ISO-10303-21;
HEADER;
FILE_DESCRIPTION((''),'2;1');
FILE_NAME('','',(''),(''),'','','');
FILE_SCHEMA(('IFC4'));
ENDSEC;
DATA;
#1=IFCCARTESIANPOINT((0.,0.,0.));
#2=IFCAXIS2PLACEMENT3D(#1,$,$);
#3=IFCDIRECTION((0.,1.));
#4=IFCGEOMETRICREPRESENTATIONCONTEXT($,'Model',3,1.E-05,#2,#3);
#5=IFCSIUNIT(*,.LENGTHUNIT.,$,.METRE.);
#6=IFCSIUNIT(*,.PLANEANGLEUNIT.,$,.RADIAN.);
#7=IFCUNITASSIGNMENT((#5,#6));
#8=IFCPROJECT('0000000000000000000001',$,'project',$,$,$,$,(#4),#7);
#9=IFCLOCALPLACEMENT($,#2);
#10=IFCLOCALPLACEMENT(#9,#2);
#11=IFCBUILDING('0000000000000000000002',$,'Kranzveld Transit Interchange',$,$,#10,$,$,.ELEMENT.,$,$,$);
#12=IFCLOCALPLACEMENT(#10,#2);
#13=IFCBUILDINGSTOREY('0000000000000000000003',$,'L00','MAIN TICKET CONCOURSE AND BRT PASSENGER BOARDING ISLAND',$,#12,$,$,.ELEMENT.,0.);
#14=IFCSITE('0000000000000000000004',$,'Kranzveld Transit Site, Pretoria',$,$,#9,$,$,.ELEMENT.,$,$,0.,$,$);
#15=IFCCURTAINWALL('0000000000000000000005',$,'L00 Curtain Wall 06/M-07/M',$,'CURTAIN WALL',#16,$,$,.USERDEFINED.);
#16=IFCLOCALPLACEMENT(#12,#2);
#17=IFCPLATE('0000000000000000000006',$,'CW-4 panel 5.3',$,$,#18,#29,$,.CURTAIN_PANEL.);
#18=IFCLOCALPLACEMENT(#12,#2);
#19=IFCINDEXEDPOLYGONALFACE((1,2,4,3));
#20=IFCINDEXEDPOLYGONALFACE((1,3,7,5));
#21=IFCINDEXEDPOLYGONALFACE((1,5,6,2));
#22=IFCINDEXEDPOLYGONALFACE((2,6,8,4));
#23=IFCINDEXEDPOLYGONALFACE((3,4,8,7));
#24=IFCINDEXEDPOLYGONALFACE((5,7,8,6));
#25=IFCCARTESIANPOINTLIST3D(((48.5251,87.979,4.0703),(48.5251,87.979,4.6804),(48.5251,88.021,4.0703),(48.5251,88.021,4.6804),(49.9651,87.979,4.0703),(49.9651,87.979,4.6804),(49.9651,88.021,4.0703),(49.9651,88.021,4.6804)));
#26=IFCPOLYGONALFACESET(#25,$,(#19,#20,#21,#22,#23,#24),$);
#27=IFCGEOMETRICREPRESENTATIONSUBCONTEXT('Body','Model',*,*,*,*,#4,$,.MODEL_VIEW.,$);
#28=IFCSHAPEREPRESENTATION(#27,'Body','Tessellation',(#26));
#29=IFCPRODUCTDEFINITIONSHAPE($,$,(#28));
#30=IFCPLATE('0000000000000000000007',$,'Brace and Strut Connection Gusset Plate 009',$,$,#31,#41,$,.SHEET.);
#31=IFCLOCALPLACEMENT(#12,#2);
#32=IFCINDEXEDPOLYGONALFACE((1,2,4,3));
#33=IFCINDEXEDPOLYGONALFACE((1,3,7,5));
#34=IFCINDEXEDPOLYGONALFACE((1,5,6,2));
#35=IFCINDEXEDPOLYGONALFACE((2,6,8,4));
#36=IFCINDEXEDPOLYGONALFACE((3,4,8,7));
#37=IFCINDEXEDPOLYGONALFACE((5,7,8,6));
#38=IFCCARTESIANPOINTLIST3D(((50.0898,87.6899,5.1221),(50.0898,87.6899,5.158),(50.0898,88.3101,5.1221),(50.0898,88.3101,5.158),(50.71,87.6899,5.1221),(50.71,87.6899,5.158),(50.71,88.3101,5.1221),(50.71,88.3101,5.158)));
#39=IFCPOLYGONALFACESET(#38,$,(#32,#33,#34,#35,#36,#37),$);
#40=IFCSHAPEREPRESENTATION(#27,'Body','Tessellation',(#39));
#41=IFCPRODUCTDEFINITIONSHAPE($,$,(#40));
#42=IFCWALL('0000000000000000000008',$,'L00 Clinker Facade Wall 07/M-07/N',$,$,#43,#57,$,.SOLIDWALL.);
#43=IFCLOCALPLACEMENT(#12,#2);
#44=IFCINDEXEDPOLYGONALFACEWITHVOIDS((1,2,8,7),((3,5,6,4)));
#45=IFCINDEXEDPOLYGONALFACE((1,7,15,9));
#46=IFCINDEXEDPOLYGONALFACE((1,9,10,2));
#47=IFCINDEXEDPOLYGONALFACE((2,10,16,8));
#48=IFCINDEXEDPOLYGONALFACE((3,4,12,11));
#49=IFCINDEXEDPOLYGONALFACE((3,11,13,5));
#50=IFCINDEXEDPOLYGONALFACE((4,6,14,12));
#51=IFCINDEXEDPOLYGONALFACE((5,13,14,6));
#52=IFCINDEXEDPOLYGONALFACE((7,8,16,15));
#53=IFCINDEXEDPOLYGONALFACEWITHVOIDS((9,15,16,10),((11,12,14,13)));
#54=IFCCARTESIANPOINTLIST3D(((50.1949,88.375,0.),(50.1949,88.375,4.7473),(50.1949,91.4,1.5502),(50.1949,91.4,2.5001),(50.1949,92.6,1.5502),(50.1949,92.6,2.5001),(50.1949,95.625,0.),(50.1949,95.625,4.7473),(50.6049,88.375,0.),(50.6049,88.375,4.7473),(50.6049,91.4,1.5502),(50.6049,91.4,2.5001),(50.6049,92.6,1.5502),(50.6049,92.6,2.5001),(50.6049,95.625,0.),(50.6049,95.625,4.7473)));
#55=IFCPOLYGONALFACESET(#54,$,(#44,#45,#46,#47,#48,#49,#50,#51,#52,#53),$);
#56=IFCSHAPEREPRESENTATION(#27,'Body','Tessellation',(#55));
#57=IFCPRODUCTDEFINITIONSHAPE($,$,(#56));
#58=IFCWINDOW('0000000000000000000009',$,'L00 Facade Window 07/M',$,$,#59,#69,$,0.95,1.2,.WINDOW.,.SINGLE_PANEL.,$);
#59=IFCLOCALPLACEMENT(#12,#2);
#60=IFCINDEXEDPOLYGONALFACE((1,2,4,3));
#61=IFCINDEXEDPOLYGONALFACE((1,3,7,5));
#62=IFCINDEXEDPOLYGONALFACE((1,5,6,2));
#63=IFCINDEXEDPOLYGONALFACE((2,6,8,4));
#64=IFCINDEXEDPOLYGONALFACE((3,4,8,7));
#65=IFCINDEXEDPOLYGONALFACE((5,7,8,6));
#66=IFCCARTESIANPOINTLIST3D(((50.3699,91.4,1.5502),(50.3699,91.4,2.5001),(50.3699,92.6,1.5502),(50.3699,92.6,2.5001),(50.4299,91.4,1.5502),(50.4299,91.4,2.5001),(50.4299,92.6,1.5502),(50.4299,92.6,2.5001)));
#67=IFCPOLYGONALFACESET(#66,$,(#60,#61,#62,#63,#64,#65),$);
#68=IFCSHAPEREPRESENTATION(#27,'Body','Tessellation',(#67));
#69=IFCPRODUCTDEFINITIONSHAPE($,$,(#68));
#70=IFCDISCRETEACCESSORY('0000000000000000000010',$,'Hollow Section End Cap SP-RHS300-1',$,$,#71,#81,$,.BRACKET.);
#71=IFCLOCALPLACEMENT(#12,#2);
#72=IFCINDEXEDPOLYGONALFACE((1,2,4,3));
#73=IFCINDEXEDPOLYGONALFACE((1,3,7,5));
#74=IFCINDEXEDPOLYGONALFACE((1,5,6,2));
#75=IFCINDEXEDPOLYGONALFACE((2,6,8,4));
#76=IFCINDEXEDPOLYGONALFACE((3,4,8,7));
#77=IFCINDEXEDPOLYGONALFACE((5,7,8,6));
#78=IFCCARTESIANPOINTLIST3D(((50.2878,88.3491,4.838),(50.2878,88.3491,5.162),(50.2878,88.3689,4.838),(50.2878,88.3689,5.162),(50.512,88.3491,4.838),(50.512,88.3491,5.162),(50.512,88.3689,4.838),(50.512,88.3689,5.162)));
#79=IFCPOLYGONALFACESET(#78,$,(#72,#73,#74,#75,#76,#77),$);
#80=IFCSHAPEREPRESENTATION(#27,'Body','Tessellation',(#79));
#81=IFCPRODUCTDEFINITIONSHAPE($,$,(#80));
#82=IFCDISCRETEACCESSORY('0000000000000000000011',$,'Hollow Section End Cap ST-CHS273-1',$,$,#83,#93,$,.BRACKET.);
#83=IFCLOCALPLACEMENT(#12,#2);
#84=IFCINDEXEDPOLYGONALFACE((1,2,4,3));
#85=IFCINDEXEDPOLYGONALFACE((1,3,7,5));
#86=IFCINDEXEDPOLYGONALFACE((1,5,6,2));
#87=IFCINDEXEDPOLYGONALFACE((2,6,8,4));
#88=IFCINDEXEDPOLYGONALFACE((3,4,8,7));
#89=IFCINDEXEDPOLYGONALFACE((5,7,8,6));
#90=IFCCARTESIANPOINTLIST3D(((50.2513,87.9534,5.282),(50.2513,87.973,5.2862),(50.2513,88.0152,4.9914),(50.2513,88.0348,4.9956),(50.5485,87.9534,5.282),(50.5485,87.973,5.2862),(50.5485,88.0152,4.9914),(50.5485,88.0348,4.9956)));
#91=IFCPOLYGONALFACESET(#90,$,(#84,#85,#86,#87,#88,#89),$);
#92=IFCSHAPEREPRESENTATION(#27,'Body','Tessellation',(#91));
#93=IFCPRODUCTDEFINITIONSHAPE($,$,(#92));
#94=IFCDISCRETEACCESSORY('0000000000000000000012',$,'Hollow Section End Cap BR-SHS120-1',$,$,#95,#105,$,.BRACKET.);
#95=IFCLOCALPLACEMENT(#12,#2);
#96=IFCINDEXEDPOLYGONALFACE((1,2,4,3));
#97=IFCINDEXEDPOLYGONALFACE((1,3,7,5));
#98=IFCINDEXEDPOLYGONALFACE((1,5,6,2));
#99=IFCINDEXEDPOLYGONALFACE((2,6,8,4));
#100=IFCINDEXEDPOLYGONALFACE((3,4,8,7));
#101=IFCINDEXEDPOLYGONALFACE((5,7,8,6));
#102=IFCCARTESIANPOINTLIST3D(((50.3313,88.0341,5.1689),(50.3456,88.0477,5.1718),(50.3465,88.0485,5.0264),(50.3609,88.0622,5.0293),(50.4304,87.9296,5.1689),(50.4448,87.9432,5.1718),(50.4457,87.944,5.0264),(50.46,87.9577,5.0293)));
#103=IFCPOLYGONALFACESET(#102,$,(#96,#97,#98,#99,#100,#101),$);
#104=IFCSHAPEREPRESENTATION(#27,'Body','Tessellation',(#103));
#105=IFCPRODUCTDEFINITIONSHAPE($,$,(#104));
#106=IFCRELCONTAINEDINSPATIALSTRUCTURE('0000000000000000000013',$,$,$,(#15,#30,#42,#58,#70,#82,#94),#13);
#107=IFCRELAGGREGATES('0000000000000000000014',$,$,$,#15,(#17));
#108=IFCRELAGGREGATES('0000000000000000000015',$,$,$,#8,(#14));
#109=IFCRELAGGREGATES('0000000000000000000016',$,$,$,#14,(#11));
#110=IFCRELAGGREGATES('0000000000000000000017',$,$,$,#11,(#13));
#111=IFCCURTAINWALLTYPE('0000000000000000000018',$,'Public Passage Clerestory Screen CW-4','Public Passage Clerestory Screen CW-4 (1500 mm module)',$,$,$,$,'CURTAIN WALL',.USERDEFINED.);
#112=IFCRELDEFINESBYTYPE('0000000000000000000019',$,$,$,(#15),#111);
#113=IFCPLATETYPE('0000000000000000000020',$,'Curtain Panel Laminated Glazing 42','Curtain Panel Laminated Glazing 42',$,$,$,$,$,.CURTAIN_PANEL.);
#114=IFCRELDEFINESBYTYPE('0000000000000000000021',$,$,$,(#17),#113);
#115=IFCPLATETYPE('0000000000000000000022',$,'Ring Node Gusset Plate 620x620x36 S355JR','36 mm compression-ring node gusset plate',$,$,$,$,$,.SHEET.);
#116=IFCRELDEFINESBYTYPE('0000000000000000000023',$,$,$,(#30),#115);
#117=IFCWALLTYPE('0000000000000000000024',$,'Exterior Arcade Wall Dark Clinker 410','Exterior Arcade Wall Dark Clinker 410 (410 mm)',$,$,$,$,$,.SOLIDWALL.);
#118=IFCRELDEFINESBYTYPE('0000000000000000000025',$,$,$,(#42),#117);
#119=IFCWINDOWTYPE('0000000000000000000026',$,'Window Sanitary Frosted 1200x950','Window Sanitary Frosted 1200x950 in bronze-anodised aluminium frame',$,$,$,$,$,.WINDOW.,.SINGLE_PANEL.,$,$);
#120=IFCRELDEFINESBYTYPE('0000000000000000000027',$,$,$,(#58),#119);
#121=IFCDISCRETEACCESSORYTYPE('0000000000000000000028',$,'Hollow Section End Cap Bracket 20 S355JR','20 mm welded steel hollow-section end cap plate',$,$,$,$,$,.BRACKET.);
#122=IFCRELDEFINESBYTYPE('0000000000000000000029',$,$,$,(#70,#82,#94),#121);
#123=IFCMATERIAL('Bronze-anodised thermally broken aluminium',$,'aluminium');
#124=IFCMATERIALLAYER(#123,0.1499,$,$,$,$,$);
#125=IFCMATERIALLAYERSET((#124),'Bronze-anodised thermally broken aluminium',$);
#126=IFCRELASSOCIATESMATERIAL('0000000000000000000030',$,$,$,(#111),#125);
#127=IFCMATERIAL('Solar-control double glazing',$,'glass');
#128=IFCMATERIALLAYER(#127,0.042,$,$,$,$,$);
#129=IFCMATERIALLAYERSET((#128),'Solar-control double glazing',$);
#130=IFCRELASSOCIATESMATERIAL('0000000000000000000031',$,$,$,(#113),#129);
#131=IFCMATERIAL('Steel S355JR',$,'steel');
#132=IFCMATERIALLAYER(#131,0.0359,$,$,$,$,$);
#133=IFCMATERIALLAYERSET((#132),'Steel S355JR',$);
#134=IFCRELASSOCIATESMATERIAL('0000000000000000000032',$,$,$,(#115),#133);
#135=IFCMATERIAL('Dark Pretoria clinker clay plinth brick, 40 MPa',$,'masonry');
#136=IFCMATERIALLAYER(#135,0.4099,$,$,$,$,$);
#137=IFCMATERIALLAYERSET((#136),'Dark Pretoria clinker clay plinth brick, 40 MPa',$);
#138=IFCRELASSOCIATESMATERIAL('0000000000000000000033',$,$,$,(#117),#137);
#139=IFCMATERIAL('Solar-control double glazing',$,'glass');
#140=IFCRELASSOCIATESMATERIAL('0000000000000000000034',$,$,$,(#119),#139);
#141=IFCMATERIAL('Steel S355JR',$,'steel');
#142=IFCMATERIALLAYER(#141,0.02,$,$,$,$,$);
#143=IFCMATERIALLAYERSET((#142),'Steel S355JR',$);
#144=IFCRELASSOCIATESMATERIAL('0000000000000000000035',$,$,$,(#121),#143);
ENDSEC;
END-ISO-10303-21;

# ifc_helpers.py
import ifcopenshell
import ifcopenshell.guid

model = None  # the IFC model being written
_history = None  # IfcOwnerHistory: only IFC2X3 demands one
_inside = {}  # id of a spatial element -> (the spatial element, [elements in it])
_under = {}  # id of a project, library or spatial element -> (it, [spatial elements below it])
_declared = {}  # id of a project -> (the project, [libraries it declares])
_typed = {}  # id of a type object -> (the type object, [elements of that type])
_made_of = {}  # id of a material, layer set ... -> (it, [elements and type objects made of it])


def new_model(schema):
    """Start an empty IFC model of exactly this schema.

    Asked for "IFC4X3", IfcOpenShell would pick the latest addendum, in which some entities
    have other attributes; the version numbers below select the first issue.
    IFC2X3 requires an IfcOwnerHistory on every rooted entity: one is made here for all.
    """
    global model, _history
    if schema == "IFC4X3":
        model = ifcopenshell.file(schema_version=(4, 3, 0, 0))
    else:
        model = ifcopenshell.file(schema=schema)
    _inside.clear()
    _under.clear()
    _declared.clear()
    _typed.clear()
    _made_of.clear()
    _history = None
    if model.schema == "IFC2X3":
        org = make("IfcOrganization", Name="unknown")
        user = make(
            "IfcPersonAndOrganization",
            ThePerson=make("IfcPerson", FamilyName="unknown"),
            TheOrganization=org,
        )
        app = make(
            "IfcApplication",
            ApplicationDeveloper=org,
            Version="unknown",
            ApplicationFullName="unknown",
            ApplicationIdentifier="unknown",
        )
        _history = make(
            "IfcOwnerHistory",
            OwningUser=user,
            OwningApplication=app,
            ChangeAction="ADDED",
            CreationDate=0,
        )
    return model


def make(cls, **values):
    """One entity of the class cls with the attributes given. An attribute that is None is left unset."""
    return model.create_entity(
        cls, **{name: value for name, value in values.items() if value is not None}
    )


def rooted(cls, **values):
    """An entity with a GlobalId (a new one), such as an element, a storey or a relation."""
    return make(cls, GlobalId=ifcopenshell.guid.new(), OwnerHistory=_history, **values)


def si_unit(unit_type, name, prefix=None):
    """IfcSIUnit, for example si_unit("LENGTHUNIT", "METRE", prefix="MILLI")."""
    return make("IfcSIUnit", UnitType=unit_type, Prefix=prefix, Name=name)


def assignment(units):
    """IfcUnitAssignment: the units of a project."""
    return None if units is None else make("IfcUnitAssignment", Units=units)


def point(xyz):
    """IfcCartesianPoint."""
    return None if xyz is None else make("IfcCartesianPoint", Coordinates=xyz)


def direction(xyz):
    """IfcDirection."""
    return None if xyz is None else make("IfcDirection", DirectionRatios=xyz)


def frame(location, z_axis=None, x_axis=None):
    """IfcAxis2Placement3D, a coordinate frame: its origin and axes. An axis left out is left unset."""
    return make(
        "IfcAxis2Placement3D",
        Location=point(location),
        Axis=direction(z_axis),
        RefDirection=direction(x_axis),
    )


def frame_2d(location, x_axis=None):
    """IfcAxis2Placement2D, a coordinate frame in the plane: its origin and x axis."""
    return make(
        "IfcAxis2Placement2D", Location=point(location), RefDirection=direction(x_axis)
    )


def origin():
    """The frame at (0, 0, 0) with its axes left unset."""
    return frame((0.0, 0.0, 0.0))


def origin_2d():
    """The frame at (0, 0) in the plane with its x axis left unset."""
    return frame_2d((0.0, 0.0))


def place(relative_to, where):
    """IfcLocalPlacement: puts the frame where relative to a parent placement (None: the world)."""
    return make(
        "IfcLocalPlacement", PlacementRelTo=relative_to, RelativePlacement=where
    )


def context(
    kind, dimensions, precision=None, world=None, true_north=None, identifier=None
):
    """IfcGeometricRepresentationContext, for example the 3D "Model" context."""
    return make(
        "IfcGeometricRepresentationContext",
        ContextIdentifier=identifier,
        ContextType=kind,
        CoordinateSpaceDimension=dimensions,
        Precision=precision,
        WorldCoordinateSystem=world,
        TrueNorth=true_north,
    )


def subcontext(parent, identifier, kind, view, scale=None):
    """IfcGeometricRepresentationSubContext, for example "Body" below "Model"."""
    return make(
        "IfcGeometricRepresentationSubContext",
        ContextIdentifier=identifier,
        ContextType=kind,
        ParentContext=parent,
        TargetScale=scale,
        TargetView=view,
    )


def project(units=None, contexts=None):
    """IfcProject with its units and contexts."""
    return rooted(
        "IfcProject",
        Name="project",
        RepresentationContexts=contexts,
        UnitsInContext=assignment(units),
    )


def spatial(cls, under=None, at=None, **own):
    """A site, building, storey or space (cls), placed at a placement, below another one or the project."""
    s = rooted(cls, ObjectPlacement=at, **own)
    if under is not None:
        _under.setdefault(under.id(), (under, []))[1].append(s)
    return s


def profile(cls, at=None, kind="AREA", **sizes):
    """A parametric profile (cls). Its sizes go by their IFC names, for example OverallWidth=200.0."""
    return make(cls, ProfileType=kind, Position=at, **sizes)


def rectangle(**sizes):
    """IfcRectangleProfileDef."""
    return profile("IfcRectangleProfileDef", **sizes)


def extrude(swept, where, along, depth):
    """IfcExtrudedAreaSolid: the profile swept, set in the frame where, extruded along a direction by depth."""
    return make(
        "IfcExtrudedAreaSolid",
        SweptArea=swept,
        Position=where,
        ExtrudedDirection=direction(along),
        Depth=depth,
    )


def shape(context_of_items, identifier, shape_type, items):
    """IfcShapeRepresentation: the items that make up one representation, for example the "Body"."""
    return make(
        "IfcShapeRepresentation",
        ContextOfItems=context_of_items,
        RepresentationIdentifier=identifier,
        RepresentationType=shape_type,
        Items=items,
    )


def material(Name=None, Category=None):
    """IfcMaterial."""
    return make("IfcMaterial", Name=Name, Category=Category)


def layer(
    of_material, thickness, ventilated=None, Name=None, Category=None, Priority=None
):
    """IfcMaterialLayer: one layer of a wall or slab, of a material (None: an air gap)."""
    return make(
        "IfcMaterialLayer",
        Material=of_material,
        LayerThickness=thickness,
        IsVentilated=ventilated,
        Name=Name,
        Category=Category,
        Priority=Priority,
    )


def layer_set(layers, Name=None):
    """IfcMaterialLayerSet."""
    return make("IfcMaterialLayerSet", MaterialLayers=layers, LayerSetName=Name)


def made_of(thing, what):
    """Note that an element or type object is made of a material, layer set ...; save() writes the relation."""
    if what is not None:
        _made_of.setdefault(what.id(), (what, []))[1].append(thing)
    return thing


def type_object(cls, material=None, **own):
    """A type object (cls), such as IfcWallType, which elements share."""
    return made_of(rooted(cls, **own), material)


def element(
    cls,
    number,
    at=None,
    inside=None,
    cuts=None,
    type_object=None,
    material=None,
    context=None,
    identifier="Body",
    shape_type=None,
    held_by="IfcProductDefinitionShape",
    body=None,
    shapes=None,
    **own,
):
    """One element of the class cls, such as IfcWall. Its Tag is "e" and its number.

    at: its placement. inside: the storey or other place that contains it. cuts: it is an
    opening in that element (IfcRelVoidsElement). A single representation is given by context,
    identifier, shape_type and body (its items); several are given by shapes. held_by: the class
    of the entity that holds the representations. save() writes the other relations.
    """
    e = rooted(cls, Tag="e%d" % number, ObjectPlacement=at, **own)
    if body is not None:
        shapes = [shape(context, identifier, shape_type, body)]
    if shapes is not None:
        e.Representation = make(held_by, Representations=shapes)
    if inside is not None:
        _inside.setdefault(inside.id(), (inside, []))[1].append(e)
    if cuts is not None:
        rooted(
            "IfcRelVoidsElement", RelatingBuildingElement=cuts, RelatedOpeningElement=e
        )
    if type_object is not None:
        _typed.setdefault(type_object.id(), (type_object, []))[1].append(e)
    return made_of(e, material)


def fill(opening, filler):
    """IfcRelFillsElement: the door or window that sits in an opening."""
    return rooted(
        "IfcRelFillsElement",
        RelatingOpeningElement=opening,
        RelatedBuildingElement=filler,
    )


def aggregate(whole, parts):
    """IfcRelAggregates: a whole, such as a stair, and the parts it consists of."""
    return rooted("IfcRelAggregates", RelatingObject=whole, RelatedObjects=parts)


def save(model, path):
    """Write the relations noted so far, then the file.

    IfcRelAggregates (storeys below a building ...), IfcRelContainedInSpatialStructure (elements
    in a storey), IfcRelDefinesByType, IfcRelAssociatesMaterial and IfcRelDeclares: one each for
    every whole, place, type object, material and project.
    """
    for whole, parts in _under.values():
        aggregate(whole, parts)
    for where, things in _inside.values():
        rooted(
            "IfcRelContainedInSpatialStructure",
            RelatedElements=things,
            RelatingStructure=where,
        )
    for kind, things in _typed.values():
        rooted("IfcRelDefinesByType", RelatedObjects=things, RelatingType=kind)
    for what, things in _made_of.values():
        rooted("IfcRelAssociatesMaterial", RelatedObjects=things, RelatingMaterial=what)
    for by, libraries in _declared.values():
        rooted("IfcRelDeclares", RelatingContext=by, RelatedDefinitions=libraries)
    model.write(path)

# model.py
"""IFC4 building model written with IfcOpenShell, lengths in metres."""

from ifc_helpers import new_model, si_unit, direction, frame, frame_2d, origin, origin_2d, place, context, subcontext, project, spatial, rectangle, extrude, material, layer, layer_set, type_object, element, fill, aggregate, save


model = new_model("IFC4")

# Units and contexts
model_context = context("Model", 3, precision=1e-05, world=origin(), true_north=direction((0.0, 1.0)))
body_context = subcontext(model_context, "Body", "Model", "MODEL_VIEW")
ifc_project = project(units=[si_unit("LENGTHUNIT", "METRE"), si_unit("PLANEANGLEUNIT", "RADIAN")], contexts=[model_context])

# Site, building, storey
site_placement = place(None, origin())
site = spatial("IfcSite", under=ifc_project, at=site_placement, Name="Kranzveld Transit Site, Pretoria", CompositionType="ELEMENT", RefElevation=0.0)
building_placement = place(site_placement, origin())
building = spatial("IfcBuilding", under=site, at=building_placement, Name="Kranzveld Transit Interchange", CompositionType="ELEMENT")
storey_placement = place(building_placement, origin())
storey = spatial("IfcBuildingStorey", under=building, at=storey_placement, Name="L00", Description="MAIN TICKET CONCOURSE AND BRT PASSENGER BOARDING ISLAND", CompositionType="ELEMENT", Elevation=0.0)

# Curtain wall
ifc_material_1 = material(Name="Bronze-anodised thermally broken aluminium", Category="aluminium")
ifc_layer_1 = layer(ifc_material_1, 0.1499)
ifc_layer_set_1 = layer_set([ifc_layer_1], Name="Bronze-anodised thermally broken aluminium")
curtain_wall_type = type_object("IfcCurtainWallType", Name="Public Passage Clerestory Screen CW-4", Description="Public Passage Clerestory Screen CW-4 (1500 mm module)", ElementType="CURTAIN WALL", PredefinedType="USERDEFINED", material=ifc_layer_set_1)
curtain_wall_placement = place(storey_placement, origin())
curtain_wall = element("IfcCurtainWall", 1, at=curtain_wall_placement, inside=storey, type_object=curtain_wall_type, Name="L00 Curtain Wall 06/M-07/M", ObjectType="CURTAIN WALL", PredefinedType="USERDEFINED")

# Plates
ifc_material_2 = material(Name="Solar-control double glazing", Category="glass")
ifc_layer_2 = layer(ifc_material_2, 0.042)
ifc_layer_set_2 = layer_set([ifc_layer_2], Name="Solar-control double glazing")
plate_type_1 = type_object("IfcPlateType", Name="Curtain Panel Laminated Glazing 42", Description="Curtain Panel Laminated Glazing 42", PredefinedType="CURTAIN_PANEL", material=ifc_layer_set_2)
plate_1_placement = place(storey_placement, frame((49.2451, 88.0, 4.0703), z_axis=(0.0, 0.0, 1.0), x_axis=(1.0, 0.0, 0.0)))
plate_1 = element("IfcPlate", 2, at=plate_1_placement, type_object=plate_type_1, Name="CW-4 panel 5.3", PredefinedType="CURTAIN_PANEL", context=body_context, shape_type="SweptSolid", body=[
    extrude(rectangle(XDim=1.4399, YDim=0.042, at=origin_2d()), origin(), (0.0, 0.0, 1.0), 0.6101),
])
aggregate(curtain_wall, [plate_1])
ifc_material_3 = material(Name="Steel S355JR", Category="steel")
ifc_layer_3 = layer(ifc_material_3, 0.0359)
ifc_layer_set_3 = layer_set([ifc_layer_3], Name="Steel S355JR")
plate_type_2 = type_object("IfcPlateType", Name="Ring Node Gusset Plate 620x620x36 S355JR", Description="36 mm compression-ring node gusset plate", PredefinedType="SHEET", material=ifc_layer_set_3)
plate_2_placement = place(storey_placement, frame((50.3999, 88.0, 5.1221), z_axis=(0.0, 0.0, 1.0), x_axis=(1.0, 0.0, 0.0)))
element("IfcPlate", 3, at=plate_2_placement, inside=storey, type_object=plate_type_2, Name="Brace and Strut Connection Gusset Plate 009", PredefinedType="SHEET", context=body_context, shape_type="SweptSolid", body=[
    extrude(rectangle(XDim=0.6201, YDim=0.6201, at=origin_2d()), origin(), (0.0, 0.0, 1.0), 0.0359),
])

# Wall, opening, window
ifc_material_4 = material(Name="Dark Pretoria clinker clay plinth brick, 40 MPa", Category="masonry")
ifc_layer_4 = layer(ifc_material_4, 0.4099)
ifc_layer_set_4 = layer_set([ifc_layer_4], Name="Dark Pretoria clinker clay plinth brick, 40 MPa")
wall_type = type_object("IfcWallType", Name="Exterior Arcade Wall Dark Clinker 410", Description="Exterior Arcade Wall Dark Clinker 410 (410 mm)", PredefinedType="SOLIDWALL", material=ifc_layer_set_4)
wall_placement = place(storey_placement, frame((50.3999, 88.375, 0.0), z_axis=(0.0, 0.0, 1.0), x_axis=(0.0, 1.0, 0.0)))
wall = element("IfcWall", 4, at=wall_placement, inside=storey, type_object=wall_type, Name="L00 Clinker Facade Wall 07/M-07/N", PredefinedType="SOLIDWALL", context=body_context, shape_type="SweptSolid", body=[
    extrude(rectangle(XDim=7.25, YDim=0.4099, at=frame_2d((3.625, 0.0))), origin(), (0.0, 0.0, 1.0), 4.7473),
])
opening_placement = place(wall_placement, frame((3.0249, 0.0, 1.55), z_axis=(0.0, 0.0, 1.0), x_axis=(1.0, 0.0, 0.0)))
opening = element("IfcOpeningElement", 5, at=opening_placement, cuts=wall, PredefinedType="OPENING", context=body_context, shape_type="SweptSolid", body=[
    extrude(rectangle(XDim=1.2, YDim=0.95, at=frame_2d((0.6001, 0.4751))), frame((0.0, 0.2148, 0.0), z_axis=(0.0, -1.0, 0.0), x_axis=(1.0, 0.0, 0.0)), (0.0, 0.0, 1.0), 0.4299),
])
ifc_material_5 = material(Name="Solar-control double glazing", Category="glass")
window_type = type_object("IfcWindowType", Name="Window Sanitary Frosted 1200x950", Description="Window Sanitary Frosted 1200x950 in bronze-anodised aluminium frame", PartitioningType="SINGLE_PANEL", PredefinedType="WINDOW", material=ifc_material_5)
window_placement = place(opening_placement, origin())
window = element("IfcWindow", 6, at=window_placement, inside=storey, type_object=window_type, Name="L00 Facade Window 07/M", OverallHeight=0.95, OverallWidth=1.2, PartitioningType="SINGLE_PANEL", PredefinedType="WINDOW", context=body_context, shape_type="SweptSolid", body=[
    extrude(rectangle(XDim=1.2, YDim=0.95, at=frame_2d((0.6001, 0.4751))), frame((0.0, 0.03, 0.0), z_axis=(0.0, -1.0, 0.0), x_axis=(1.0, 0.0, 0.0)), (0.0, 0.0, 1.0), 0.0601),
])
fill(opening, window)

# Discrete accessories
ifc_material_6 = material(Name="Steel S355JR", Category="steel")
ifc_layer_5 = layer(ifc_material_6, 0.02)
ifc_layer_set_5 = layer_set([ifc_layer_5], Name="Steel S355JR")
discrete_accessory_type = type_object("IfcDiscreteAccessoryType", Name="Hollow Section End Cap Bracket 20 S355JR", Description="20 mm welded steel hollow-section end cap plate", PredefinedType="BRACKET", material=ifc_layer_set_5)
discrete_accessory_1_placement = place(storey_placement, frame((50.3999, 88.3689, 5.0), z_axis=(0.0, -1.0, 0.0), x_axis=(1.0, 0.0, 0.0)))
element("IfcDiscreteAccessory", 7, at=discrete_accessory_1_placement, inside=storey, type_object=discrete_accessory_type, Name="Hollow Section End Cap SP-RHS300-1", PredefinedType="BRACKET", context=body_context, shape_type="SweptSolid", body=[
    extrude(rectangle(XDim=0.2241, YDim=0.324, at=origin_2d()), origin(), (0.0, 0.0, 1.0), 0.0198),
])
discrete_accessory_2_placement = place(storey_placement, frame((50.3999, 88.0039, 5.1409), z_axis=(0.0, -0.978159, -0.207859), x_axis=(1.0, 0.0, 0.0)))
element("IfcDiscreteAccessory", 8, at=discrete_accessory_2_placement, inside=storey, type_object=discrete_accessory_type, Name="Hollow Section End Cap ST-CHS273-1", PredefinedType="BRACKET", context=body_context, shape_type="SweptSolid", body=[
    extrude(rectangle(XDim=0.2971, YDim=0.2971, at=origin_2d()), origin(), (0.0, 0.0, 1.0), 0.02),
])
discrete_accessory_3_placement = place(storey_placement, frame((50.4028, 88.0027, 5.1006), z_axis=(-0.717541, -0.681056, -0.14594), x_axis=(0.688426, -0.725306, 0.0)))
element("IfcDiscreteAccessory", 9, at=discrete_accessory_3_placement, inside=storey, type_object=discrete_accessory_type, Name="Hollow Section End Cap BR-SHS120-1", PredefinedType="BRACKET", context=body_context, shape_type="SweptSolid", body=[
    extrude(rectangle(XDim=0.144, YDim=0.144, at=origin_2d()), origin(), (0.0, 0.0, 1.0), 0.02),
])

save(model, "model.ifc")
